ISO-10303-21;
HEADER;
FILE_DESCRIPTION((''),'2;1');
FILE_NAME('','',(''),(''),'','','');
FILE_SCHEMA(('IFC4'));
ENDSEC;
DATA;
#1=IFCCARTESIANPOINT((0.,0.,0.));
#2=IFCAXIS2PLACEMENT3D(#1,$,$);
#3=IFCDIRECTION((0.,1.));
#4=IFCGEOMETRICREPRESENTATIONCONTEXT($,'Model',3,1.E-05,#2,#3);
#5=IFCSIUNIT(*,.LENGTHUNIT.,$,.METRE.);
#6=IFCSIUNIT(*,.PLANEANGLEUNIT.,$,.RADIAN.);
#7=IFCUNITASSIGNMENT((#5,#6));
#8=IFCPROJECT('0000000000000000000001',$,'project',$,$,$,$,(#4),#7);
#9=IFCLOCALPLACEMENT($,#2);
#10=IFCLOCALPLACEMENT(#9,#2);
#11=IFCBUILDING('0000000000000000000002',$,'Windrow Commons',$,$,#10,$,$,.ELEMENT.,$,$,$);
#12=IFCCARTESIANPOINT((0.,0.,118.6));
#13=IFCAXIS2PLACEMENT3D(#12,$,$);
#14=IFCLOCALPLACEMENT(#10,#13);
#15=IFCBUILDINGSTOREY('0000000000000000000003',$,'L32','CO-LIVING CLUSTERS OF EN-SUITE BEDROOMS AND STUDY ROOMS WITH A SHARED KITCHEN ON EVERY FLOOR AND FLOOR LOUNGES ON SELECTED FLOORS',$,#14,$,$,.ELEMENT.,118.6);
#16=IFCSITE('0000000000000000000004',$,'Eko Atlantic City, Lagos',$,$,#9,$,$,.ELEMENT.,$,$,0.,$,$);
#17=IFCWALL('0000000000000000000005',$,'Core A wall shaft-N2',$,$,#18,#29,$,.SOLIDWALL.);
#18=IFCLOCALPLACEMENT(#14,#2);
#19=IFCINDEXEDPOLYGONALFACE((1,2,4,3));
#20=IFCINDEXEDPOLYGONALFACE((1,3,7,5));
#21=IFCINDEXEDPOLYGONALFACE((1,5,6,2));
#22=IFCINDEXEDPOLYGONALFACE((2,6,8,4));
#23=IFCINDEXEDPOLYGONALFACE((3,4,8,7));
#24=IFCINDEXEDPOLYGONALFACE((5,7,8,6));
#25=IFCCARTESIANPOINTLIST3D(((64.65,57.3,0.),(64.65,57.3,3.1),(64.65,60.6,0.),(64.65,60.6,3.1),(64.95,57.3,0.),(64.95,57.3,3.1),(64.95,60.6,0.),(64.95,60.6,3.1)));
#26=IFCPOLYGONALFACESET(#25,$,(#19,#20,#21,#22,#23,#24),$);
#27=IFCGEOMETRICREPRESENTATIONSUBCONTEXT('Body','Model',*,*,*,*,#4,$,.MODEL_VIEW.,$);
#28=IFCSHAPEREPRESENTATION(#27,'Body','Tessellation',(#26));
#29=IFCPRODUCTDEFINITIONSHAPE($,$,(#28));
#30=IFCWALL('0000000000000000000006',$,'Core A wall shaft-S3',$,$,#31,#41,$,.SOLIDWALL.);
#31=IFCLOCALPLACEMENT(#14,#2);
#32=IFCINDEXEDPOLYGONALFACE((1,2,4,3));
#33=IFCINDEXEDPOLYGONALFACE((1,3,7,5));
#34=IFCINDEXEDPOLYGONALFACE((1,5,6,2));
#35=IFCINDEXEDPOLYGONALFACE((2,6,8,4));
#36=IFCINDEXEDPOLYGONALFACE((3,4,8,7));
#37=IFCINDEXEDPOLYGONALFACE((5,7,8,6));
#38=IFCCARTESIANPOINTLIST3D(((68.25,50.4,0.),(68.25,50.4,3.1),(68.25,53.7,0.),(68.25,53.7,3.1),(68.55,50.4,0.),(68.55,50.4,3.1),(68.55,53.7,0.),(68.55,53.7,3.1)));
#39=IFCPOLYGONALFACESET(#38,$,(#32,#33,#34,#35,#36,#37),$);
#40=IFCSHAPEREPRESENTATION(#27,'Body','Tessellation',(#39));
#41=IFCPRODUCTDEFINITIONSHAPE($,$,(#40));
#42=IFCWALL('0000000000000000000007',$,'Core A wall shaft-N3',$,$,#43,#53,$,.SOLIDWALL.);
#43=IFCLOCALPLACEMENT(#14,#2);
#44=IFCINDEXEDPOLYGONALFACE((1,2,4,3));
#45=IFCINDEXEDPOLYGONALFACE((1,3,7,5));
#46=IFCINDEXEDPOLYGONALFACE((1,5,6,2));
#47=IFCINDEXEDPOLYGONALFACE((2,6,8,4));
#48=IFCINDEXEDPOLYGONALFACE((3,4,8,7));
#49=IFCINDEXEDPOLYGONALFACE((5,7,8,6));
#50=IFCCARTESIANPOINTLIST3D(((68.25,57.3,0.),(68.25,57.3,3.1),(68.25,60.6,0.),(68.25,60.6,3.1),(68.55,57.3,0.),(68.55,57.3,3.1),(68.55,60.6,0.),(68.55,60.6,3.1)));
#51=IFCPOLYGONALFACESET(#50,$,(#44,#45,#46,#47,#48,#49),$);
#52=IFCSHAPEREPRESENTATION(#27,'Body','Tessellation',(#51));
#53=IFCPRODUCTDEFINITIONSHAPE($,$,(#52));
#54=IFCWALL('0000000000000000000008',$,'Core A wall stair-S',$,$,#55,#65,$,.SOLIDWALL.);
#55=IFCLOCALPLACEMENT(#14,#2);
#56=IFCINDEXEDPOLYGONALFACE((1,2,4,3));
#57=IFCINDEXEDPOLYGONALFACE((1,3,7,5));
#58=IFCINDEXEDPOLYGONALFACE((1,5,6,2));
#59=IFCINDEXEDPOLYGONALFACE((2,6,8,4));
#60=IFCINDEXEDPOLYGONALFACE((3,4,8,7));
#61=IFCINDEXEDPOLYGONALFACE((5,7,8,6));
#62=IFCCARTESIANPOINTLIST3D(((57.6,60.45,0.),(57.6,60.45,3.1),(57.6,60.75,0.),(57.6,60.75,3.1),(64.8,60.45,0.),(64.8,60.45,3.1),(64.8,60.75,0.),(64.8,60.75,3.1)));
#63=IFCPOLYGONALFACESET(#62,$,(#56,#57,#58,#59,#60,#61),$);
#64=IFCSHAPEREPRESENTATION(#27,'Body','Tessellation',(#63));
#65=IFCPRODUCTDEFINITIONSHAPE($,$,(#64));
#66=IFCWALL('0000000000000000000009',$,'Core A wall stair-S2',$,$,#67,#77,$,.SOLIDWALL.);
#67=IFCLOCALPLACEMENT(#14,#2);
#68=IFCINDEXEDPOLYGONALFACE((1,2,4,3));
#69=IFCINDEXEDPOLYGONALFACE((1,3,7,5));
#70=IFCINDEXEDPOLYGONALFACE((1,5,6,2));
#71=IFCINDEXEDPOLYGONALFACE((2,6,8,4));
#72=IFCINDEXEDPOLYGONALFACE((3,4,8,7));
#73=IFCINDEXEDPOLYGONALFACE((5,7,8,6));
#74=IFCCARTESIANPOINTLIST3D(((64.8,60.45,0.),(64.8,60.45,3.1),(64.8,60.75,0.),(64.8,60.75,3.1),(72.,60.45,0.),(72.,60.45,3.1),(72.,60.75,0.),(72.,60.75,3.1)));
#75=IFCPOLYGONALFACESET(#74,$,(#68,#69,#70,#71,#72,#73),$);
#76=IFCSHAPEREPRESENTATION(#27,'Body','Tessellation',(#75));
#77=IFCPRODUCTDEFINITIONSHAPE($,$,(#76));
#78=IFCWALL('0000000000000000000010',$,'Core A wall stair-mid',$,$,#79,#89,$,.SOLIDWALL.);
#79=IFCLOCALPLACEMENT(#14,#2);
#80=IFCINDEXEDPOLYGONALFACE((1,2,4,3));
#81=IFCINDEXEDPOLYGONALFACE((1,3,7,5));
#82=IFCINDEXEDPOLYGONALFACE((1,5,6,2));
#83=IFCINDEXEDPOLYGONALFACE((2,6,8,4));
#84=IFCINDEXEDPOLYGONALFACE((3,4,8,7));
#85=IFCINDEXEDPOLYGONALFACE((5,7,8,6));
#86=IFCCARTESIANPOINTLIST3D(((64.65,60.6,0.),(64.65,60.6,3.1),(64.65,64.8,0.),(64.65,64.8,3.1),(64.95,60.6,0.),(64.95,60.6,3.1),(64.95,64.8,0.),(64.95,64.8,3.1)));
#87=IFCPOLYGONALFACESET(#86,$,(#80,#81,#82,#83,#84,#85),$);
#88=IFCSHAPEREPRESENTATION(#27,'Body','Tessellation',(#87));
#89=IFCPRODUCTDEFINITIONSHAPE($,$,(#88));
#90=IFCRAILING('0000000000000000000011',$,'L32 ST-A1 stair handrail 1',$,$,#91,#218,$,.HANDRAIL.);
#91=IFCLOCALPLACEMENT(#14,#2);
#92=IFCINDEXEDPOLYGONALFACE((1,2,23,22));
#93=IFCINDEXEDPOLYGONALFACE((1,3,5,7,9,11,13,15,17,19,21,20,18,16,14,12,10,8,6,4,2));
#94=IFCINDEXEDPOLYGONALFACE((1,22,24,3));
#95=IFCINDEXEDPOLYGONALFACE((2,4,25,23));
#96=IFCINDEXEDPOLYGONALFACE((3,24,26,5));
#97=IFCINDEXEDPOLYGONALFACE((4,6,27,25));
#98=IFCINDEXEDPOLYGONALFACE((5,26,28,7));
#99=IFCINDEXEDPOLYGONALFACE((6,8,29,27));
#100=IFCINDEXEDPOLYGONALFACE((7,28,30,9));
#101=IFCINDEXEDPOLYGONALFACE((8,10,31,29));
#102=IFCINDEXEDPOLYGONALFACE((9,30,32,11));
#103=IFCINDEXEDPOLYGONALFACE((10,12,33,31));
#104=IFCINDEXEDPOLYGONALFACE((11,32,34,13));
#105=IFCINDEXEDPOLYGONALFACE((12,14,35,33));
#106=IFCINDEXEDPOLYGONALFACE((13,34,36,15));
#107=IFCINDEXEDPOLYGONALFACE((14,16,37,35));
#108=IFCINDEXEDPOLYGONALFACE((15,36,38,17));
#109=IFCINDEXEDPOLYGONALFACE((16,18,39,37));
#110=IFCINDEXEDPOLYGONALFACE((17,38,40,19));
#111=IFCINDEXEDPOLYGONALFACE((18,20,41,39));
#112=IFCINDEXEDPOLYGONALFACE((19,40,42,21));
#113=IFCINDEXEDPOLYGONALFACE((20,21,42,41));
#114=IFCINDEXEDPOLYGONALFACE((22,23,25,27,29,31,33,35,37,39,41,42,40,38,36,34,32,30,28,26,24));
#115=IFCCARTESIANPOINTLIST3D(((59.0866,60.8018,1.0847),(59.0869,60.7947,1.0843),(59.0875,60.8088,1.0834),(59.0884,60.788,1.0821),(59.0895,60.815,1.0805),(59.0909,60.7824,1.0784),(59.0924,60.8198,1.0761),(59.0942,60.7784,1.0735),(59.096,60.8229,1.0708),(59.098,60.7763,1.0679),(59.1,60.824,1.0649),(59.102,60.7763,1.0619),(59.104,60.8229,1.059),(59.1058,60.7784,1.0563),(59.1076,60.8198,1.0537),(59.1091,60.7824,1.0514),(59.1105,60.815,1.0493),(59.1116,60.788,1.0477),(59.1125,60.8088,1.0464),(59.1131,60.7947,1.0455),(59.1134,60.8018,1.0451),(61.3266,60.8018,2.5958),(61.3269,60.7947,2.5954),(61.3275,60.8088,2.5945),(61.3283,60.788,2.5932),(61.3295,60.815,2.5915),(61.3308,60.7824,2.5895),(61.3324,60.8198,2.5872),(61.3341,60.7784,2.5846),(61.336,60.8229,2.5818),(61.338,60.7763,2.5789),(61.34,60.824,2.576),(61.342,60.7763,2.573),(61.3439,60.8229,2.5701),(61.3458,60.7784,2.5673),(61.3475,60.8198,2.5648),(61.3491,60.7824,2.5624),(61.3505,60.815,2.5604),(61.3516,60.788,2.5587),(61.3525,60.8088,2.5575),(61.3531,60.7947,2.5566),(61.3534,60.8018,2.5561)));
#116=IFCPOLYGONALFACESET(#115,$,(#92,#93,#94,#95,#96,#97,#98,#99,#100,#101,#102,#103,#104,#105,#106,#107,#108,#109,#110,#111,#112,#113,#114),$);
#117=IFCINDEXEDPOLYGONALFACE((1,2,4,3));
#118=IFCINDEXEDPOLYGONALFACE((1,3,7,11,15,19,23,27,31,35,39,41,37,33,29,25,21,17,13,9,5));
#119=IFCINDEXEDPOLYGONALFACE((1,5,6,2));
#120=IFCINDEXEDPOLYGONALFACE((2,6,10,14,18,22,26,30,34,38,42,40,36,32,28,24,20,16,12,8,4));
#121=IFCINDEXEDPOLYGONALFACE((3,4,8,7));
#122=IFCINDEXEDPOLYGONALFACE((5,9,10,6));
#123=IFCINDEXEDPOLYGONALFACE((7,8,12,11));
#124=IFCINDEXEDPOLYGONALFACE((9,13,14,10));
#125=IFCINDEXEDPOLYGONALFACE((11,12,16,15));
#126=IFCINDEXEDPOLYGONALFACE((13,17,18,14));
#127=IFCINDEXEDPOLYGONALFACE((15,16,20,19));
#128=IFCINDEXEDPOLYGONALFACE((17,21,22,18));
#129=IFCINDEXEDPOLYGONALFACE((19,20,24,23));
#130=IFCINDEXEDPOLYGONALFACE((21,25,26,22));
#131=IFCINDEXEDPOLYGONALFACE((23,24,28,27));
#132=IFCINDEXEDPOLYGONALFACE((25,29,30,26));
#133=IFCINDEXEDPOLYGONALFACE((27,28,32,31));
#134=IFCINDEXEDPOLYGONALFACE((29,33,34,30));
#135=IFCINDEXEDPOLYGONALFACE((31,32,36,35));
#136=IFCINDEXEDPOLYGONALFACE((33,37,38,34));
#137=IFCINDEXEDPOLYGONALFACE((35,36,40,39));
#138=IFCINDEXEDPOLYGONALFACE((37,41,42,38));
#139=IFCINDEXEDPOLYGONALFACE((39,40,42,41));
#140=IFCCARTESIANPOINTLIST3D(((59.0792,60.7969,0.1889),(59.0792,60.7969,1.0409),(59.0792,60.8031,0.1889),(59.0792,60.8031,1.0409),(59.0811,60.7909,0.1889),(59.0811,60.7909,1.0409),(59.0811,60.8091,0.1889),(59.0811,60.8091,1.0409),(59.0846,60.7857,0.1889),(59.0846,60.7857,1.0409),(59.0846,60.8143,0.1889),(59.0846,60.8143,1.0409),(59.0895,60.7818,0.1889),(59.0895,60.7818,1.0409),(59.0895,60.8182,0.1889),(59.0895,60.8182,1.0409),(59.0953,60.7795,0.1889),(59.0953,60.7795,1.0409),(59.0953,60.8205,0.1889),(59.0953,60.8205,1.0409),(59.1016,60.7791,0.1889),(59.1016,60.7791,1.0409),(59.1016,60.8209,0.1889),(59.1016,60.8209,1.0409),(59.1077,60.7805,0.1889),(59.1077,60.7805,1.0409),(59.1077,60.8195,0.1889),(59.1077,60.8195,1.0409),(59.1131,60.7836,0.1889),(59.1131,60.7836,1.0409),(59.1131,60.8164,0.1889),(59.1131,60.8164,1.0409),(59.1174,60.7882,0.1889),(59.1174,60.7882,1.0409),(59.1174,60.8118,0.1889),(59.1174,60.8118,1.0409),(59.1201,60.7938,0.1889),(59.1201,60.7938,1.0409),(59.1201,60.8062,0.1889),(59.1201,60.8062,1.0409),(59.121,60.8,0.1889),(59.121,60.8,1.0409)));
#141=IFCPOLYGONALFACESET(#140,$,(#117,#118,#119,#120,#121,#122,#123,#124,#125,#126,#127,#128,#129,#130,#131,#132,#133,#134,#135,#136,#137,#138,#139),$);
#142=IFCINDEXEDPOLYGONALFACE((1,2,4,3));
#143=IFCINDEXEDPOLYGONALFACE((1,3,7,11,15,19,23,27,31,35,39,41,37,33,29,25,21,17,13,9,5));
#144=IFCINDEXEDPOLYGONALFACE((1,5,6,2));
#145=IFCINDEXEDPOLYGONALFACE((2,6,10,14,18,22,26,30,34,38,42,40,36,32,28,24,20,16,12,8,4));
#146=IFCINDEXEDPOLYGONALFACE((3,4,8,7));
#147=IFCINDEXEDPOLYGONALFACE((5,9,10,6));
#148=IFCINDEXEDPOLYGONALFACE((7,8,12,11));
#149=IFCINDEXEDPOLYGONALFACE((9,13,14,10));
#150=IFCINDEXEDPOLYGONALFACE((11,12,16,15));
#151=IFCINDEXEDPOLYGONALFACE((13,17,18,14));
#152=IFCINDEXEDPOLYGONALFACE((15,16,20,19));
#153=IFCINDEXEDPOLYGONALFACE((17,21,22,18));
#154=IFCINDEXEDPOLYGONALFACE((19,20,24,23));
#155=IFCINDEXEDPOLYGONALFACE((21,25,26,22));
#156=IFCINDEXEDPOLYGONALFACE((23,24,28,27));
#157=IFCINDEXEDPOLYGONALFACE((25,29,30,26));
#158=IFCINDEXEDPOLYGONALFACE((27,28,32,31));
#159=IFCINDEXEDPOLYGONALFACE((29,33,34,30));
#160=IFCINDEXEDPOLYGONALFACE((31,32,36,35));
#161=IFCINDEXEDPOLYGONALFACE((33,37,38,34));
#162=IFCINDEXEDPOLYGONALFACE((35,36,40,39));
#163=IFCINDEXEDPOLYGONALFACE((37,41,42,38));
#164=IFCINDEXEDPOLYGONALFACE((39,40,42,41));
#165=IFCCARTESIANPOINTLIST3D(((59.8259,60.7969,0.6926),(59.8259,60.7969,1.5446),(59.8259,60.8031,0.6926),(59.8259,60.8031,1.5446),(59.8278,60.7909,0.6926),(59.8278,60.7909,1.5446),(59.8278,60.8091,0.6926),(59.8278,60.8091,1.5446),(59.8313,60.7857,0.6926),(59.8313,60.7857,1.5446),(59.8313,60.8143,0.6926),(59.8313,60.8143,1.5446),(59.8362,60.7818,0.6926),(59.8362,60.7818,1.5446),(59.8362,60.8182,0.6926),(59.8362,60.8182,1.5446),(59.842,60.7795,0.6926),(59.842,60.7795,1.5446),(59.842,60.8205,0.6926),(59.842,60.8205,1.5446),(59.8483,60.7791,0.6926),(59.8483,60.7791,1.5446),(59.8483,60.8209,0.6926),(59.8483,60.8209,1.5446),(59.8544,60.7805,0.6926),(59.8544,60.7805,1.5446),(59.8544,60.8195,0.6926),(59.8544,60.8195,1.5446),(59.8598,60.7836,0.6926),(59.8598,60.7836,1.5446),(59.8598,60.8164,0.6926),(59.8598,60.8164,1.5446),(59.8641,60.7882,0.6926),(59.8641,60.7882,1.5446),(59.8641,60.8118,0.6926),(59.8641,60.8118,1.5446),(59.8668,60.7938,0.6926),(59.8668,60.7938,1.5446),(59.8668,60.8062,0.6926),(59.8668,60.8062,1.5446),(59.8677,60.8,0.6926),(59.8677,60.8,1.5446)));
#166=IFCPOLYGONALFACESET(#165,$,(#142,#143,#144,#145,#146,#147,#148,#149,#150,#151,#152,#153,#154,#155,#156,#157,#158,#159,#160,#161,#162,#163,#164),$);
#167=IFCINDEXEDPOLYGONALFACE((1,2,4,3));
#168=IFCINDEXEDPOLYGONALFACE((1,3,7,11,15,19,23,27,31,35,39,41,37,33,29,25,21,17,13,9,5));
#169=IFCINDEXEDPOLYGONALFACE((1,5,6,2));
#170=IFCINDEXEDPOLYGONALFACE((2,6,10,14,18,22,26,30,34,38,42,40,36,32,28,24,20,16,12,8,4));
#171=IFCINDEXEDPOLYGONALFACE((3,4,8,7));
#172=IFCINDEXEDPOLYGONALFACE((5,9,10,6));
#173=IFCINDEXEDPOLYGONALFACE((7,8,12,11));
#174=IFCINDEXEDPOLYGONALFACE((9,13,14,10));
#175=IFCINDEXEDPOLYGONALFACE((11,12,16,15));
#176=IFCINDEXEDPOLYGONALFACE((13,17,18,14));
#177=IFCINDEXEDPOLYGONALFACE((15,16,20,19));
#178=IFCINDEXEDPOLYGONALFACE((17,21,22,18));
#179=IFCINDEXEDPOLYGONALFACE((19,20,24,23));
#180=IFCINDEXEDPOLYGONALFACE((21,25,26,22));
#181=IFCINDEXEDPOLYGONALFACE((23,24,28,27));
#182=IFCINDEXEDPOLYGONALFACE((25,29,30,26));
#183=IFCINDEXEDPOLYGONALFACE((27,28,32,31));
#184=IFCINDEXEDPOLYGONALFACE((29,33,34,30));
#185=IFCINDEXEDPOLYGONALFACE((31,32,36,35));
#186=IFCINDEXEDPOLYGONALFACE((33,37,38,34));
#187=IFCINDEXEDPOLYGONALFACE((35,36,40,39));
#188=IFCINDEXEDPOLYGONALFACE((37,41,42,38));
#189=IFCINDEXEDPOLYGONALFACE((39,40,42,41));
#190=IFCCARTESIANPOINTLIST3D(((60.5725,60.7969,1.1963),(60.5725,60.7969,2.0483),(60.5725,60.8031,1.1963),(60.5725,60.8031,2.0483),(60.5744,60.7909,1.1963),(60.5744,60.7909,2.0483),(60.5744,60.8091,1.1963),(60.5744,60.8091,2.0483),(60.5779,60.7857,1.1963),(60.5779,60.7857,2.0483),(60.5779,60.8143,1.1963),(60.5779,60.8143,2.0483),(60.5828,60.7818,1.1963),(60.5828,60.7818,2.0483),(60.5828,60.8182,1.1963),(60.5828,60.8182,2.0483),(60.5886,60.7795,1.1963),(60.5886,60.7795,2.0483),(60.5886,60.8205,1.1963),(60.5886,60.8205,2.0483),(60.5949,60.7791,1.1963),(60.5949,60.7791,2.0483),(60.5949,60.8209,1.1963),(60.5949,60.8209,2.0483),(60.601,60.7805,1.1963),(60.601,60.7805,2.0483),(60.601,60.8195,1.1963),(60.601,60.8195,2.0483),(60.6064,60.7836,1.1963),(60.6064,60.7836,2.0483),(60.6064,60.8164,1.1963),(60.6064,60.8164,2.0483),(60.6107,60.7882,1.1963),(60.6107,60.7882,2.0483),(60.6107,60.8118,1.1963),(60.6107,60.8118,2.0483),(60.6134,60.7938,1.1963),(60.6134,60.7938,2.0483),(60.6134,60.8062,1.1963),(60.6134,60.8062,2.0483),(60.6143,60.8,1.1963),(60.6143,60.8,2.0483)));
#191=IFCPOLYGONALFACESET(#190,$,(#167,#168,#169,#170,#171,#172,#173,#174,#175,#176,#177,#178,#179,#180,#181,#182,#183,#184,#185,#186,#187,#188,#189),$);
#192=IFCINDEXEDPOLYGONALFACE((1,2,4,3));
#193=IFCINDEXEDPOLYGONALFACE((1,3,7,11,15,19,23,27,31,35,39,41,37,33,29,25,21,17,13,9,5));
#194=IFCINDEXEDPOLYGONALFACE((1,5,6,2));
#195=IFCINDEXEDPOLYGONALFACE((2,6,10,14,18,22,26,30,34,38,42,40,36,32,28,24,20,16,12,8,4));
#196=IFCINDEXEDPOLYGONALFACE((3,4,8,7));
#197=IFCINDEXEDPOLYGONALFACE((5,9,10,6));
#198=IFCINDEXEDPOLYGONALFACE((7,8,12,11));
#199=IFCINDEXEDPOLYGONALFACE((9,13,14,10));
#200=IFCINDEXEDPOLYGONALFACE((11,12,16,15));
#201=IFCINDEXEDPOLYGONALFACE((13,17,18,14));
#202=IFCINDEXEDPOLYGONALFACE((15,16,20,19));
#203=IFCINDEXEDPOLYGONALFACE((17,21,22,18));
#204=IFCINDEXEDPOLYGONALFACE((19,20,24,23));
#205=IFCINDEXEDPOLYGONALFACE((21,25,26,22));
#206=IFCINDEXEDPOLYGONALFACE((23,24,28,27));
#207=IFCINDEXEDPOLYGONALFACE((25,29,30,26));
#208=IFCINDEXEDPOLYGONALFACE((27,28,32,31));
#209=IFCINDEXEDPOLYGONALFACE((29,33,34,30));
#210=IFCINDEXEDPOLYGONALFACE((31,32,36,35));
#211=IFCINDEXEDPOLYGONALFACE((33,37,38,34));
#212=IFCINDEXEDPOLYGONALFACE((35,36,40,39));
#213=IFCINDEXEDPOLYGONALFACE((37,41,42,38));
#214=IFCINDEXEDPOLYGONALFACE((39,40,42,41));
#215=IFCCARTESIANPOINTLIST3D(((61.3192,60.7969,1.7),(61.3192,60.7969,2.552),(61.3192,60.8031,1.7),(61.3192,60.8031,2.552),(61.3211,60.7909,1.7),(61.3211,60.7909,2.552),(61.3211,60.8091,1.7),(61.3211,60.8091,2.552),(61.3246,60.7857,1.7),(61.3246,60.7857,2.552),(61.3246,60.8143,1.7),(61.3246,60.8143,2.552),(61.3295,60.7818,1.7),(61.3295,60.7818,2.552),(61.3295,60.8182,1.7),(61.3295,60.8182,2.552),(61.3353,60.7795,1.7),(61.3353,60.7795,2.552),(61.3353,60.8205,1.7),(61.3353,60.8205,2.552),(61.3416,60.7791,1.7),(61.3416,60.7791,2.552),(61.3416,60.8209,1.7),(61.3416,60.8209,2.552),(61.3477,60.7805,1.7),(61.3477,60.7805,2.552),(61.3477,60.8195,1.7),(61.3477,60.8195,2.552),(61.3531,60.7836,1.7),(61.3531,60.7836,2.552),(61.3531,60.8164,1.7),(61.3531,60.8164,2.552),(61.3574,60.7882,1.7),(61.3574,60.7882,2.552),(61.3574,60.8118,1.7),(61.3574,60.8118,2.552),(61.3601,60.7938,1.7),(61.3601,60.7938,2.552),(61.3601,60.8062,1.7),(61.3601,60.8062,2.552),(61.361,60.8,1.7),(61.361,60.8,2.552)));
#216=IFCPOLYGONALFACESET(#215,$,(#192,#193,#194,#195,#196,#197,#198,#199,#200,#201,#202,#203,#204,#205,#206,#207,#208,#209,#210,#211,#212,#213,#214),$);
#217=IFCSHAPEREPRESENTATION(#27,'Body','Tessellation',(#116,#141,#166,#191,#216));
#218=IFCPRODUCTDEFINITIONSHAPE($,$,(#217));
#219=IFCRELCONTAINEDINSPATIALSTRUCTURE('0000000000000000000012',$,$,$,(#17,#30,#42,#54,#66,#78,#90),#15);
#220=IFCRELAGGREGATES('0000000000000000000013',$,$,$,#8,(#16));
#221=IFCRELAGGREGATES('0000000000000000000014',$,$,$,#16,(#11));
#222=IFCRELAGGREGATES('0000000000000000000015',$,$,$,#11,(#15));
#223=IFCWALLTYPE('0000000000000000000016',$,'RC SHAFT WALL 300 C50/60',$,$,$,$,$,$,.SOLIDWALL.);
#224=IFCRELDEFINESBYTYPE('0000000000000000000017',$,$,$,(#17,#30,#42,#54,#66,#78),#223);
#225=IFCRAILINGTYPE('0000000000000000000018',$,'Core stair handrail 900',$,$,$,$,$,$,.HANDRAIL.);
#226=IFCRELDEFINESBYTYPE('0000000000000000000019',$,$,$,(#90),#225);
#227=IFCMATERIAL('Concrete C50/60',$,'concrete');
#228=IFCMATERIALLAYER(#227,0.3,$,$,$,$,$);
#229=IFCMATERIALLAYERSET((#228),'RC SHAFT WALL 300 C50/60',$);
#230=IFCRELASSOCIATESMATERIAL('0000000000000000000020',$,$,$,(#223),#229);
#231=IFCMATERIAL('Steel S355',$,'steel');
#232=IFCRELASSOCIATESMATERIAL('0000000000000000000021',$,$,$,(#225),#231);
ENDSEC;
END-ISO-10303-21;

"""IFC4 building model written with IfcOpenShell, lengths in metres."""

from ifc_helpers import new_model, si_unit, direction, frame, frame_2d, origin, origin_2d, place, context, subcontext, project, spatial, rectangle, circle, extrude, material, layer, layer_set, type_object, element, save


model = new_model("IFC4")

# Units and contexts
model_context = context("Model", 3, precision=1e-05, world=origin(), true_north=direction((0.0, 1.0)))
body_context = subcontext(model_context, "Body", "Model", "MODEL_VIEW")
ifc_project = project(units=[si_unit("LENGTHUNIT", "METRE"), si_unit("PLANEANGLEUNIT", "RADIAN")], contexts=[model_context])

# Site, building, storey
site_placement = place(None, origin())
site = spatial("IfcSite", under=ifc_project, at=site_placement, Name="Eko Atlantic City, Lagos", CompositionType="ELEMENT", RefElevation=0.0)
building_placement = place(site_placement, origin())
building = spatial("IfcBuilding", under=site, at=building_placement, Name="Windrow Commons", CompositionType="ELEMENT")
storey_placement = place(building_placement, frame((0.0, 0.0, 118.6)))
storey = spatial("IfcBuildingStorey", under=building, at=storey_placement, Name="L32", Description="CO-LIVING CLUSTERS OF EN-SUITE BEDROOMS AND STUDY ROOMS WITH A SHARED KITCHEN ON EVERY FLOOR AND FLOOR LOUNGES ON SELECTED FLOORS", CompositionType="ELEMENT", Elevation=118.6)

# Walls
ifc_material_1 = material(Name="Concrete C50/60", Category="concrete")
ifc_layer_1 = layer(ifc_material_1, 0.3)
ifc_layer_set_1 = layer_set([ifc_layer_1], Name="RC SHAFT WALL 300 C50/60")
wall_type_1 = type_object("IfcWallType", Name="RC SHAFT WALL 300 C50/60", PredefinedType="SOLIDWALL", material=ifc_layer_set_1)
for number, where, z_axis, x_axis, name in (
    (1, (64.8, 57.3, 0.0), (0.0, 0.0, 1.0), (0.0, 1.0, 0.0), "Core A wall shaft-N2"),
    (2, (68.4, 50.4, 0.0), (0.0, 0.0, 1.0), (0.0, 1.0, 0.0), "Core A wall shaft-S3"),
    (3, (68.4, 57.3, 0.0), (0.0, 0.0, 1.0), (0.0, 1.0, 0.0), "Core A wall shaft-N3"),
):
    element("IfcWall", number, at=place(storey_placement, frame(where, z_axis=z_axis, x_axis=x_axis)), inside=storey, type_object=wall_type_1, Name=name, PredefinedType="SOLIDWALL", context=body_context, shape_type="SweptSolid", body=[
        extrude(rectangle(XDim=3.3, YDim=0.3, at=frame_2d((1.65, 0.0))), origin(), (0.0, 0.0, 1.0), 3.1),
    ])
for number, where, z_axis, x_axis, name in (
    (4, (57.6, 60.6, 0.0), (0.0, 0.0, 1.0), (1.0, 0.0, 0.0), "Core A wall stair-S"),
    (5, (64.8, 60.6, 0.0), (0.0, 0.0, 1.0), (1.0, 0.0, 0.0), "Core A wall stair-S2"),
):
    element("IfcWall", number, at=place(storey_placement, frame(where, z_axis=z_axis, x_axis=x_axis)), inside=storey, type_object=wall_type_1, Name=name, PredefinedType="SOLIDWALL", context=body_context, shape_type="SweptSolid", body=[
        extrude(rectangle(XDim=7.2, YDim=0.3, at=frame_2d((3.6, 0.0))), origin(), (0.0, 0.0, 1.0), 3.1),
    ])
wall_1_placement = place(storey_placement, frame((64.8, 60.6, 0.0), z_axis=(0.0, 0.0, 1.0), x_axis=(0.0, 1.0, 0.0)))
element("IfcWall", 6, at=wall_1_placement, inside=storey, type_object=wall_type_1, Name="Core A wall stair-mid", PredefinedType="SOLIDWALL", context=body_context, shape_type="SweptSolid", body=[
    extrude(rectangle(XDim=4.2, YDim=0.3, at=frame_2d((2.1, 0.0))), origin(), (0.0, 0.0, 1.0), 3.1),
])

# Railing
ifc_material_2 = material(Name="Steel S355", Category="steel")
railing_type = type_object("IfcRailingType", Name="Core stair handrail 900", PredefinedType="HANDRAIL", material=ifc_material_2)
for number, where, name in (
    (7, (59.1, 60.8, 0.1889), "L32 ST-A1 stair handrail 1"),
):
    element("IfcRailing", number, at=place(storey_placement, frame(where)), inside=storey, type_object=railing_type, Name=name, PredefinedType="HANDRAIL", context=body_context, shape_type="SweptSolid", body=[
        extrude(circle(Radius=0.024, at=origin_2d()), frame((0.0, 0.0, 0.876), z_axis=(0.829003, 0.0, 0.559244), x_axis=(0.0, 1.0, 0.0)), (0.0, 0.0, 1.0), 2.702),
        extrude(circle(Radius=0.021, at=origin_2d()), origin(), (0.0, 0.0, 1.0), 0.852),
        extrude(circle(Radius=0.021, at=origin_2d()), frame((0.7467, 0.0, 0.5037)), (0.0, 0.0, 1.0), 0.852),
        extrude(circle(Radius=0.021, at=origin_2d()), frame((1.4933, 0.0, 1.0074)), (0.0, 0.0, 1.0), 0.852),
        extrude(circle(Radius=0.021, at=origin_2d()), frame((2.24, 0.0, 1.5111)), (0.0, 0.0, 1.0), 0.852),
    ])

save(model, "model.ifc")
